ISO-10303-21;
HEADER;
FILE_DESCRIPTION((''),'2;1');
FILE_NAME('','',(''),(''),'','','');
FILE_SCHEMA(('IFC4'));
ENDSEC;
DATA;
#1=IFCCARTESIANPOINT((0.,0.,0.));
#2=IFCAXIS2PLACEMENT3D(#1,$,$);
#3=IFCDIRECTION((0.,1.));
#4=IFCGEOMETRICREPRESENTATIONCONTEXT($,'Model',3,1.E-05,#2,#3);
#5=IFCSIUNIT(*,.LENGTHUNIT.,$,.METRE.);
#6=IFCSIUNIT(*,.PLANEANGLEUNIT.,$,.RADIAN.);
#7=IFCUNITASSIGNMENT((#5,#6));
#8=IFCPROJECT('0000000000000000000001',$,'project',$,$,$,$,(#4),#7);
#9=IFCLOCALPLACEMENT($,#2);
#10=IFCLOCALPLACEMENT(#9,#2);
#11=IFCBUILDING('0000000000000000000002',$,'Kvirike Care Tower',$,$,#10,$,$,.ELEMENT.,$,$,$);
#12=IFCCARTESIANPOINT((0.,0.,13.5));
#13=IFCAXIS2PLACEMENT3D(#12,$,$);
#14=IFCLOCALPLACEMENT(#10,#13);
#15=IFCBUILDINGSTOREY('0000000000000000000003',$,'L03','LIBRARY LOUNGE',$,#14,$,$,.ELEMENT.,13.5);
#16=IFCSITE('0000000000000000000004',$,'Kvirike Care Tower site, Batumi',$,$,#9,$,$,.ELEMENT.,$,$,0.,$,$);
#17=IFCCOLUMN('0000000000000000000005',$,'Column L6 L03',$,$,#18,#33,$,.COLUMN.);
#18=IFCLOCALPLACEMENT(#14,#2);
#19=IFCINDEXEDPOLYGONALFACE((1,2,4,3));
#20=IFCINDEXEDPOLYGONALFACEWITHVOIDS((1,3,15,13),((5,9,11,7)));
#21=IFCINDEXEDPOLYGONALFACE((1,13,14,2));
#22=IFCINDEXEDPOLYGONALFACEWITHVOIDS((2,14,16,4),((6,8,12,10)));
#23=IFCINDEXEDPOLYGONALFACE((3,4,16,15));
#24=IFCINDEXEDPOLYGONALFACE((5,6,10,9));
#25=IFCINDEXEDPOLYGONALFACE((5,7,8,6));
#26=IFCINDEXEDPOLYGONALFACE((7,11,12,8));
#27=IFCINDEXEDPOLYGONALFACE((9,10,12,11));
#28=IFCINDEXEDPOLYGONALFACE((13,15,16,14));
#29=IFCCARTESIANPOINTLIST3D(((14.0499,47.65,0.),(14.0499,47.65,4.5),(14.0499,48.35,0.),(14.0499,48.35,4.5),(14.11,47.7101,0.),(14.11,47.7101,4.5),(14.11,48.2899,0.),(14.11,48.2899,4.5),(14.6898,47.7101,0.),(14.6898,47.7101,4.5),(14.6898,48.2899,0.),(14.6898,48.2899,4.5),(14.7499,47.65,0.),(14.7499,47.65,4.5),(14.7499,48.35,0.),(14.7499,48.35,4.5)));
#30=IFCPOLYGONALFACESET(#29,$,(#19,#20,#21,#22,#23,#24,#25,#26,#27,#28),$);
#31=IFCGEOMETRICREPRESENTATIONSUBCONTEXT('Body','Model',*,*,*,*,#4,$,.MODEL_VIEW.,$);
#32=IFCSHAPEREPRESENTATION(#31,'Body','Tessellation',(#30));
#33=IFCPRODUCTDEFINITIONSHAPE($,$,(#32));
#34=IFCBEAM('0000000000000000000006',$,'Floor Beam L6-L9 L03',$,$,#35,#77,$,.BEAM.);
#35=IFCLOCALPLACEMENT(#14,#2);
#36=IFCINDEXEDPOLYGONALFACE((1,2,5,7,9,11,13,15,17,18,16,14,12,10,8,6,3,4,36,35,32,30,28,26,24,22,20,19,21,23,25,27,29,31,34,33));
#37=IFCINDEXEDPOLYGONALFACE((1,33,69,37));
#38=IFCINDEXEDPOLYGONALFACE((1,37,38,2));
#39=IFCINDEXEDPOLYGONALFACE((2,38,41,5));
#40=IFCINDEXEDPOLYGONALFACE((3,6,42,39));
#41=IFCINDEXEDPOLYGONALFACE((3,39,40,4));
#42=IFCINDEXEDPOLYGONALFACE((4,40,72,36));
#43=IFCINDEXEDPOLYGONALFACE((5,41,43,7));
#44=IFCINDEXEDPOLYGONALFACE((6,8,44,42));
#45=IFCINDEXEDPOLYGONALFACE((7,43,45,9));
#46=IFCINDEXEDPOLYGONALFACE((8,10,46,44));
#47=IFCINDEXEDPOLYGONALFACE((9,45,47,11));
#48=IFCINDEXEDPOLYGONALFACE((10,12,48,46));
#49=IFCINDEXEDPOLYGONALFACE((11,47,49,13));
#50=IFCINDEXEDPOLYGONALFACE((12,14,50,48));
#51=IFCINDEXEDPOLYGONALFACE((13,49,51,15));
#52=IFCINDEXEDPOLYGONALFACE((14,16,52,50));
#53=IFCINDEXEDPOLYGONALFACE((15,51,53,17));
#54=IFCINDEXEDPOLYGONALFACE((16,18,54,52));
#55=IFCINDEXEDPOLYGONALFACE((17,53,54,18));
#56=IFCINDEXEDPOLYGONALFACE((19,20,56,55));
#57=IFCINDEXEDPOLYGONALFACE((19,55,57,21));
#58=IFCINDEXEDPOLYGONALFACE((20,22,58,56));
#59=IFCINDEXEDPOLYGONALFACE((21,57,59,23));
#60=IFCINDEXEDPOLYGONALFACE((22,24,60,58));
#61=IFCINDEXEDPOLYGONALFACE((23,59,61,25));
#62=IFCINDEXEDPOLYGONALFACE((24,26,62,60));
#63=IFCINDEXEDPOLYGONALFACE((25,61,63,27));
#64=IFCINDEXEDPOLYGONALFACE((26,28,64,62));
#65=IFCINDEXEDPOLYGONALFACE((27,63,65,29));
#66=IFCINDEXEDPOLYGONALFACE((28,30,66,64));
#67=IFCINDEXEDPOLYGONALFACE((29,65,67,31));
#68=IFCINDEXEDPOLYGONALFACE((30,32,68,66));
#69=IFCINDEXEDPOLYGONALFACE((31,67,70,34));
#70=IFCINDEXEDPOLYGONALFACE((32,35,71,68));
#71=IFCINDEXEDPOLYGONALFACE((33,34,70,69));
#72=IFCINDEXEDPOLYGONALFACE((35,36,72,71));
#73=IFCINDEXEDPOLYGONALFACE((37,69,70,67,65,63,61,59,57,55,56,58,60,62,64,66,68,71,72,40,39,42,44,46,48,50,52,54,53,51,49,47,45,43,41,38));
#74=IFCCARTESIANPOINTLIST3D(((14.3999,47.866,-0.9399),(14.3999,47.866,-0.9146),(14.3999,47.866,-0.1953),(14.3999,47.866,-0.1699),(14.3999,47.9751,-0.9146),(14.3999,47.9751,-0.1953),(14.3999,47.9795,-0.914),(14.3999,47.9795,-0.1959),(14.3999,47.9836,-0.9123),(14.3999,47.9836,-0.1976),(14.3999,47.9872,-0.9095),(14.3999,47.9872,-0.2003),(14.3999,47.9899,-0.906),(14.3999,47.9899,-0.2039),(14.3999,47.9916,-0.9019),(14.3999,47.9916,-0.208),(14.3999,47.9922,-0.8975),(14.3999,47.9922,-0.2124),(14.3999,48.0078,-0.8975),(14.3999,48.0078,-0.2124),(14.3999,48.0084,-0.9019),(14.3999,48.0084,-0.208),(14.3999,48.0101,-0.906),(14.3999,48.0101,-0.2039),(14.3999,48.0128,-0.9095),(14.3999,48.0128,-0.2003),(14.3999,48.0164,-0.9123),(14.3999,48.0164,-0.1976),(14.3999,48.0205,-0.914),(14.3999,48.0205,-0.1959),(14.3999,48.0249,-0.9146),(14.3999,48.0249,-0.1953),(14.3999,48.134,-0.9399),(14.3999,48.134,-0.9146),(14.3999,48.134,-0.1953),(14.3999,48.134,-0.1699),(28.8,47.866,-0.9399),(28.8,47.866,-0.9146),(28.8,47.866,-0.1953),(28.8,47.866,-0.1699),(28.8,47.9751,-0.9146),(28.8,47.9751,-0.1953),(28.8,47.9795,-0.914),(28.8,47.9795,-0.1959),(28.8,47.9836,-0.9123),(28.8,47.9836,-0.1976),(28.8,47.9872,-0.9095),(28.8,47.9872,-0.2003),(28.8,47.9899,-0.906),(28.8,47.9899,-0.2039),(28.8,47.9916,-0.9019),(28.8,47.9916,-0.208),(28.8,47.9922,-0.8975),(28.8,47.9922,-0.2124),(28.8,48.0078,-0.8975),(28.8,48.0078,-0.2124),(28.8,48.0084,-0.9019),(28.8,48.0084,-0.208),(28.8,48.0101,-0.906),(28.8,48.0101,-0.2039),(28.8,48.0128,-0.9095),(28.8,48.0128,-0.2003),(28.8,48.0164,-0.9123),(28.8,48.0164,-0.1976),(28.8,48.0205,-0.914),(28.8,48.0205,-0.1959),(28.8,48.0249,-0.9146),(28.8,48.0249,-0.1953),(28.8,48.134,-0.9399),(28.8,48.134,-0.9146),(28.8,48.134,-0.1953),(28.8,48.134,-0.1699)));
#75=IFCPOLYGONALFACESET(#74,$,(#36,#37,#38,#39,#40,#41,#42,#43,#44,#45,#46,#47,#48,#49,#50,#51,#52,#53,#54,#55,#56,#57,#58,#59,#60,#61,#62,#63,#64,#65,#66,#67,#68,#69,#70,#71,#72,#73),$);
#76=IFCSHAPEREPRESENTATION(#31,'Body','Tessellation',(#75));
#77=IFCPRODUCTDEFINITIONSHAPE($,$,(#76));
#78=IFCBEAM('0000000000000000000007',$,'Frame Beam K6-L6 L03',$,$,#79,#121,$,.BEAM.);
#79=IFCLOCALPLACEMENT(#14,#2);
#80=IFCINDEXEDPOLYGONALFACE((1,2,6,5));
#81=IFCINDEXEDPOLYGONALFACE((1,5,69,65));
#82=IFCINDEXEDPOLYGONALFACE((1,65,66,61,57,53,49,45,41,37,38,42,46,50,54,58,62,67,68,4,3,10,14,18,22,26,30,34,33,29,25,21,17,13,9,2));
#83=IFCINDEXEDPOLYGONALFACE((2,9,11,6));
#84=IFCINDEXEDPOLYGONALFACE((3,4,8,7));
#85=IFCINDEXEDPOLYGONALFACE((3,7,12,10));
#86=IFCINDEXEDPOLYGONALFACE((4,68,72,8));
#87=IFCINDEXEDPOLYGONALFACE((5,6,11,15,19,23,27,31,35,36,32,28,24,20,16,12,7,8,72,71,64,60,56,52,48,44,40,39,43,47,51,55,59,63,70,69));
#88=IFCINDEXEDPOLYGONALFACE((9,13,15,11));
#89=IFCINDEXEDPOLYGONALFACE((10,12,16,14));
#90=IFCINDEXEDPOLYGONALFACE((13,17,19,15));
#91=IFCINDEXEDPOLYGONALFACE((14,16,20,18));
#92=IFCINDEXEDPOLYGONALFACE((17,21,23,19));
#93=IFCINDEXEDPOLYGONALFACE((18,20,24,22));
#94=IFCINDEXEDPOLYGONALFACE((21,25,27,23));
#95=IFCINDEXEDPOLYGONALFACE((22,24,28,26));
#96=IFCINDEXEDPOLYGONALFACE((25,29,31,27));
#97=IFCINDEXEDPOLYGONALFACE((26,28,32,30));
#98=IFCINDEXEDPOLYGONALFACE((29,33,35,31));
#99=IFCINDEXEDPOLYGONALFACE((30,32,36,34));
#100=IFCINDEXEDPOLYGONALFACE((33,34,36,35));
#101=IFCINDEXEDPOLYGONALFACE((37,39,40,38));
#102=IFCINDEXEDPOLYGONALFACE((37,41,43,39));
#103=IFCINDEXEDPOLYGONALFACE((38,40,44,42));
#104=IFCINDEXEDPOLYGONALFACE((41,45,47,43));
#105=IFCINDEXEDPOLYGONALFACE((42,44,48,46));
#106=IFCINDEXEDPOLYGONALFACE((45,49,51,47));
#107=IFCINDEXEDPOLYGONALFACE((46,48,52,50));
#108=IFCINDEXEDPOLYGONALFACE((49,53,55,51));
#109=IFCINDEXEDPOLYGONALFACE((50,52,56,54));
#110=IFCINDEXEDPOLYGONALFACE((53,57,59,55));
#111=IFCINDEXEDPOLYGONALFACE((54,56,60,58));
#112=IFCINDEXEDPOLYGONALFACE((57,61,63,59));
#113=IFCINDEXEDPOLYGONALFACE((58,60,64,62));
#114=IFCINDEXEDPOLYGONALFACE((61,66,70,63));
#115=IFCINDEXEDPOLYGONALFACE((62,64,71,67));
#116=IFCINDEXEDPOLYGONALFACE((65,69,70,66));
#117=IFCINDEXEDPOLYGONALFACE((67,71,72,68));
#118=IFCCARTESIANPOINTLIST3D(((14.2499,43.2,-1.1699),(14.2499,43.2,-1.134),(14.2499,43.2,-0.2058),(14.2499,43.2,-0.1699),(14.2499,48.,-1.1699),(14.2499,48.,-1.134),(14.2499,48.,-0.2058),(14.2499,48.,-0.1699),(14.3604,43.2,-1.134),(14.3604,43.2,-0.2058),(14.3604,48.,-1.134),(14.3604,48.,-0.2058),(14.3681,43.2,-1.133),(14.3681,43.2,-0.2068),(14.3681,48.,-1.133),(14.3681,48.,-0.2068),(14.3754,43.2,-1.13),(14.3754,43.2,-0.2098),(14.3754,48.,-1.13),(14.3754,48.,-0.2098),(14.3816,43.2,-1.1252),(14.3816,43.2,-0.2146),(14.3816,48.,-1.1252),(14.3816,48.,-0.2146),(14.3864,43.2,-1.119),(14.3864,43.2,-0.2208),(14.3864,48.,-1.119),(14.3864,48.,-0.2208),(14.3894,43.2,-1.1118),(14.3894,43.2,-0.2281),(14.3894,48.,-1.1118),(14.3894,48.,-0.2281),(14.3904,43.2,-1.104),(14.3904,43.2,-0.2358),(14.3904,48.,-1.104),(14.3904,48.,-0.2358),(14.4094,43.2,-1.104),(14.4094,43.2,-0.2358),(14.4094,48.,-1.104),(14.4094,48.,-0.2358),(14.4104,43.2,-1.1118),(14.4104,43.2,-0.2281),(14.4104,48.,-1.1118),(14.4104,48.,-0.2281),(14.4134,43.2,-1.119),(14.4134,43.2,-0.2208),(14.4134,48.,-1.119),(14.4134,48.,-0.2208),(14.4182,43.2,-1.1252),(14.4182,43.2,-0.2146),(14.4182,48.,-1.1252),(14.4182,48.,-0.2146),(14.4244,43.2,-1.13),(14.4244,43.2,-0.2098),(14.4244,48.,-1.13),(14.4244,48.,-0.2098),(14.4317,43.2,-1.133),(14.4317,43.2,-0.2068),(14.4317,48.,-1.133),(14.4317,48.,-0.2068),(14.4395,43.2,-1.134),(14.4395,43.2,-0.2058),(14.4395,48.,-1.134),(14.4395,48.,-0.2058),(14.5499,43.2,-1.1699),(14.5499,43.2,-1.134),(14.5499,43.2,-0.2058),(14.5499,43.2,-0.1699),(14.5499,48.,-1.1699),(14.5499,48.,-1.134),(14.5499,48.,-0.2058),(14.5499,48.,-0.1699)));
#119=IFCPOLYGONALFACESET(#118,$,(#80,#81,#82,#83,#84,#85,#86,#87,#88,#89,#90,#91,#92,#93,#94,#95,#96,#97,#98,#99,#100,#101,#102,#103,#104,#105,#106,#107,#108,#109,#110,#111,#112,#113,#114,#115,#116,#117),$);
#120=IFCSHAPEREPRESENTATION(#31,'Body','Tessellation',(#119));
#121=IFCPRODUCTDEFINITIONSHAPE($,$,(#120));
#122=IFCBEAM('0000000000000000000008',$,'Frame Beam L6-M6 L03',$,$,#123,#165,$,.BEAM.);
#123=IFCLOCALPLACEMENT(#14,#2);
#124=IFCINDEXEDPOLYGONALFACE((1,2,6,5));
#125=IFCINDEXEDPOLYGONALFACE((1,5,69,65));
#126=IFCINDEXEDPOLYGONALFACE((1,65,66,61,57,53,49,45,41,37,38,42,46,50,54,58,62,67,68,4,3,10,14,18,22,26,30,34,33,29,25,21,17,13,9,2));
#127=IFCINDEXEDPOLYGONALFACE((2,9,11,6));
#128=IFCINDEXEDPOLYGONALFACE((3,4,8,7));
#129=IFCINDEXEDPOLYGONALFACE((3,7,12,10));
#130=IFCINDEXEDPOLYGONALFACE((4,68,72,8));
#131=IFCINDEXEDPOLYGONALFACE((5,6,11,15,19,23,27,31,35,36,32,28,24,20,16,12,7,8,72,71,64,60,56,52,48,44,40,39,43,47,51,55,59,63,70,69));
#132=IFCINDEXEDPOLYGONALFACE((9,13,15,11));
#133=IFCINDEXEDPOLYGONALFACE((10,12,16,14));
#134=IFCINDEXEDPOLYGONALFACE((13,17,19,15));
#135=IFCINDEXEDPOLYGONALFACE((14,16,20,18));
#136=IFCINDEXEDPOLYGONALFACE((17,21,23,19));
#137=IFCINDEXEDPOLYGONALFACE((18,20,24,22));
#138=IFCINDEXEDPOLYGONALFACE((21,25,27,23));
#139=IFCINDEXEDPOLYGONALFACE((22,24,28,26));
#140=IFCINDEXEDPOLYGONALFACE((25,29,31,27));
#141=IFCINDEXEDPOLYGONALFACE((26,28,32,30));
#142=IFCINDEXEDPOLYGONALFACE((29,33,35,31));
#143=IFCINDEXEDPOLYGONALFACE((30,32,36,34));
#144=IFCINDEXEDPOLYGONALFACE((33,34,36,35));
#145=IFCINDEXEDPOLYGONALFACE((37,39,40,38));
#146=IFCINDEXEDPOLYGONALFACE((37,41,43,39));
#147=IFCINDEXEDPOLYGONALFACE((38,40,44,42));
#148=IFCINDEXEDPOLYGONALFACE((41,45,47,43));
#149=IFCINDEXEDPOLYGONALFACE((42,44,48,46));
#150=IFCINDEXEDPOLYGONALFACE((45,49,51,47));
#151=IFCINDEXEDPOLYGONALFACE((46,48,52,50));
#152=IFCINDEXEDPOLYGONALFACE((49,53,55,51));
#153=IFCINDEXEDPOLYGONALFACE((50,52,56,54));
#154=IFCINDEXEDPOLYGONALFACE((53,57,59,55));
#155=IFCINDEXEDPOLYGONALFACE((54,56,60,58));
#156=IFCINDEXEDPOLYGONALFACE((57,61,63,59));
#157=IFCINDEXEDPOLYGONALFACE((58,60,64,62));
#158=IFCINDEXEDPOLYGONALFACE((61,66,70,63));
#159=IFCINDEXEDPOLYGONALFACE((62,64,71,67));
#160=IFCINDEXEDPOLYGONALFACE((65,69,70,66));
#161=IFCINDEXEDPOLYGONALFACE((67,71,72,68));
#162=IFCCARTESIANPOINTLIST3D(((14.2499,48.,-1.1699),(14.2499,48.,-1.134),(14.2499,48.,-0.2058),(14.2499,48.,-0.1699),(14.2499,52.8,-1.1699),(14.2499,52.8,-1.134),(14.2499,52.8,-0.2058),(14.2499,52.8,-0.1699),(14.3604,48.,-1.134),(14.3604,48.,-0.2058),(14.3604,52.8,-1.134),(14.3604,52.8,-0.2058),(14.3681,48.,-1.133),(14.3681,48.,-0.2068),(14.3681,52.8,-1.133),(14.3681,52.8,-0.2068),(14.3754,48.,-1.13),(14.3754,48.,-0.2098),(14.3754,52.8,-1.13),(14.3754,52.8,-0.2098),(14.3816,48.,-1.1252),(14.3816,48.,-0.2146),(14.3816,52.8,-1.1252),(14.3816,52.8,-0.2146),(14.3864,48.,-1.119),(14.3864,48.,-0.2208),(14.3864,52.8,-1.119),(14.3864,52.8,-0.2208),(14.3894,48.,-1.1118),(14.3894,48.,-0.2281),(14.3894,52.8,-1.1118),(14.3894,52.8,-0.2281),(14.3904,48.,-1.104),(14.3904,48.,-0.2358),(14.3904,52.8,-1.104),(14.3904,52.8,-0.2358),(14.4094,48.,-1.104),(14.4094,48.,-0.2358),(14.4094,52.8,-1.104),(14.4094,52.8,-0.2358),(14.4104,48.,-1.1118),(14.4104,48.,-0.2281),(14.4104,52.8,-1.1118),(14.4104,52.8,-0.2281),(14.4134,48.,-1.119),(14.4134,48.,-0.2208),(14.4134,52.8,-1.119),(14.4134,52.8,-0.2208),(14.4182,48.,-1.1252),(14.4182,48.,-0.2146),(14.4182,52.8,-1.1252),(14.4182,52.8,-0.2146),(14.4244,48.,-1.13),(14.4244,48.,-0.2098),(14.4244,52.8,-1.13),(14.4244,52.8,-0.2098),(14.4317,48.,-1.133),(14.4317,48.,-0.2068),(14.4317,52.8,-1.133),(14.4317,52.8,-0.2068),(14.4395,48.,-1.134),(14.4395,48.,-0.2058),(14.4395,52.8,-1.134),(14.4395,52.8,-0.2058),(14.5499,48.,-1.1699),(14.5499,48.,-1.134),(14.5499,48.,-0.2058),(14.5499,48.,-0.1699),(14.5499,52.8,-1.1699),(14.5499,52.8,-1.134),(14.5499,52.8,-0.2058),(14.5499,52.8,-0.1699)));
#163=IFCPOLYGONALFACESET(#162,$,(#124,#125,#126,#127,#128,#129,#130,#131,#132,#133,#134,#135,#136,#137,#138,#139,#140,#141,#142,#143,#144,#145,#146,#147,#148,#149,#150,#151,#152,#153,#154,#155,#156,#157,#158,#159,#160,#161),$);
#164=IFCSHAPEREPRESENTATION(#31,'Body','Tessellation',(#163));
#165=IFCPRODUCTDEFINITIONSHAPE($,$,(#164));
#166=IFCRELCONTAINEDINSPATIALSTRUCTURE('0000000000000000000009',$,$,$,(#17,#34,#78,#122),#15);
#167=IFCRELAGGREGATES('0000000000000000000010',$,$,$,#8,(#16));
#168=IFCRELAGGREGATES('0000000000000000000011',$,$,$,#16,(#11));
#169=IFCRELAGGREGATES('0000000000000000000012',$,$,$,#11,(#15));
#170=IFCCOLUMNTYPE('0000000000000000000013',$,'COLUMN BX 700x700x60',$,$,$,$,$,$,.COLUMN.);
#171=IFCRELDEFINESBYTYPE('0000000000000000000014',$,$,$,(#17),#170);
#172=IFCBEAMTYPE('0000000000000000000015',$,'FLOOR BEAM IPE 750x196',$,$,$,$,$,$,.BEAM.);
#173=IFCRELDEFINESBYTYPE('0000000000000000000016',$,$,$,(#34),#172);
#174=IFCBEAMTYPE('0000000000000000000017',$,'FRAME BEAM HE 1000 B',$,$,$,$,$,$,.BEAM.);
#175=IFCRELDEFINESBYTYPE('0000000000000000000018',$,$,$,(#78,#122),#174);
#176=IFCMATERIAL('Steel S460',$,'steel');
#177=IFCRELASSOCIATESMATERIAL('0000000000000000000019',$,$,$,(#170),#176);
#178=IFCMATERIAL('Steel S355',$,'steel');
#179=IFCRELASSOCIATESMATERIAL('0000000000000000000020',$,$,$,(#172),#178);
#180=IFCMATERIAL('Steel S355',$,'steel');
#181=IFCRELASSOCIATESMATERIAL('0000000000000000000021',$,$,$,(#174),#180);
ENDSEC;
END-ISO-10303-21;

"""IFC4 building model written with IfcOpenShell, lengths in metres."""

from ifc_helpers import new_model, si_unit, direction, frame, origin, origin_2d, place, context, subcontext, project, spatial, hollow_rectangle, i_section, extrude, material, material_profile, profile_set, type_object, element, save


model = new_model("IFC4")

# Units and contexts
model_context = context("Model", 3, precision=1e-05, world=origin(), true_north=direction((0.0, 1.0)))
body_context = subcontext(model_context, "Body", "Model", "MODEL_VIEW")
ifc_project = project(units=[si_unit("LENGTHUNIT", "METRE"), si_unit("PLANEANGLEUNIT", "RADIAN")], contexts=[model_context])

# Site, building, storey
site_placement = place(None, origin())
site = spatial("IfcSite", under=ifc_project, at=site_placement, Name="Kvirike Care Tower site, Batumi", CompositionType="ELEMENT", RefElevation=0.0)
building_placement = place(site_placement, origin())
building = spatial("IfcBuilding", under=site, at=building_placement, Name="Kvirike Care Tower", CompositionType="ELEMENT")
storey_placement = place(building_placement, frame((0.0, 0.0, 13.5)))
storey = spatial("IfcBuildingStorey", under=building, at=storey_placement, Name="L03", Description="LIBRARY LOUNGE", CompositionType="ELEMENT", Elevation=13.5)

# Column
ifc_material_1 = material(Name="Steel S460", Category="steel")
ifc_material_profile_1 = material_profile(ifc_material_1, hollow_rectangle(XDim=0.7, YDim=0.7, WallThickness=0.0601, at=origin_2d()), Name="BX 700x700x60")
ifc_profile_set_1 = profile_set([ifc_material_profile_1], Name="Steel S460")
column_type = type_object("IfcColumnType", Name="COLUMN BX 700x700x60", PredefinedType="COLUMN", material=ifc_profile_set_1)
column_placement = place(storey_placement, frame((14.3999, 48.0, 0.0), z_axis=(0.0, 0.0, 1.0), x_axis=(1.0, 0.0, 0.0)))
element("IfcColumn", 1, at=column_placement, inside=storey, type_object=column_type, Name="Column L6 L03", PredefinedType="COLUMN", context=body_context, shape_type="SweptSolid", body=[
    extrude(hollow_rectangle(XDim=0.7, YDim=0.7, WallThickness=0.0601, at=origin_2d()), origin(), (0.0, 0.0, 1.0), 4.5),
])

# Beams
ifc_material_2 = material(Name="Steel S355", Category="steel")
ifc_material_profile_2 = material_profile(ifc_material_2, i_section(OverallWidth=0.2681, OverallDepth=0.77, WebThickness=0.0156, FlangeThickness=0.0254, FilletRadius=0.0171, at=origin_2d()), Name="IPE 750x196")
ifc_profile_set_2 = profile_set([ifc_material_profile_2], Name="Steel S355")
beam_type_1 = type_object("IfcBeamType", Name="FLOOR BEAM IPE 750x196", PredefinedType="BEAM", material=ifc_profile_set_2)
beam_1_placement = place(storey_placement, frame((14.3999, 48.0, -0.5549), z_axis=(1.0, 0.0, 0.0), x_axis=(0.0, 1.0, 0.0)))
element("IfcBeam", 2, at=beam_1_placement, inside=storey, type_object=beam_type_1, Name="Floor Beam L6-L9 L03", PredefinedType="BEAM", context=body_context, shape_type="SweptSolid", body=[
    extrude(i_section(OverallWidth=0.2681, OverallDepth=0.77, WebThickness=0.0156, FlangeThickness=0.0254, FilletRadius=0.0171, at=origin_2d()), origin(), (0.0, 0.0, 1.0), 14.4001),
])
ifc_material_3 = material(Name="Steel S355", Category="steel")
ifc_material_profile_3 = material_profile(ifc_material_3, i_section(OverallWidth=0.3, OverallDepth=1.0, WebThickness=0.019, FlangeThickness=0.0359, FilletRadius=0.03, at=origin_2d()), Name="HE 1000 B")
ifc_profile_set_3 = profile_set([ifc_material_profile_3], Name="Steel S355")
beam_type_2 = type_object("IfcBeamType", Name="FRAME BEAM HE 1000 B", PredefinedType="BEAM", material=ifc_profile_set_3)
for number, where, z_axis, x_axis, name in (
    (3, (14.3999, 43.2, -0.6699), (0.0, 1.0, 0.0), (-1.0, 0.0, 0.0), "Frame Beam K6-L6 L03"),
    (4, (14.3999, 48.0, -0.6699), (0.0, 1.0, 0.0), (-1.0, 0.0, 0.0), "Frame Beam L6-M6 L03"),
):
    element("IfcBeam", number, at=place(storey_placement, frame(where, z_axis=z_axis, x_axis=x_axis)), inside=storey, type_object=beam_type_2, Name=name, PredefinedType="BEAM", context=body_context, shape_type="SweptSolid", body=[
        extrude(i_section(OverallWidth=0.3, OverallDepth=1.0, WebThickness=0.019, FlangeThickness=0.0359, FilletRadius=0.03, at=origin_2d()), origin(), (0.0, 0.0, 1.0), 4.8),
    ])

save(model, "model.ifc")
